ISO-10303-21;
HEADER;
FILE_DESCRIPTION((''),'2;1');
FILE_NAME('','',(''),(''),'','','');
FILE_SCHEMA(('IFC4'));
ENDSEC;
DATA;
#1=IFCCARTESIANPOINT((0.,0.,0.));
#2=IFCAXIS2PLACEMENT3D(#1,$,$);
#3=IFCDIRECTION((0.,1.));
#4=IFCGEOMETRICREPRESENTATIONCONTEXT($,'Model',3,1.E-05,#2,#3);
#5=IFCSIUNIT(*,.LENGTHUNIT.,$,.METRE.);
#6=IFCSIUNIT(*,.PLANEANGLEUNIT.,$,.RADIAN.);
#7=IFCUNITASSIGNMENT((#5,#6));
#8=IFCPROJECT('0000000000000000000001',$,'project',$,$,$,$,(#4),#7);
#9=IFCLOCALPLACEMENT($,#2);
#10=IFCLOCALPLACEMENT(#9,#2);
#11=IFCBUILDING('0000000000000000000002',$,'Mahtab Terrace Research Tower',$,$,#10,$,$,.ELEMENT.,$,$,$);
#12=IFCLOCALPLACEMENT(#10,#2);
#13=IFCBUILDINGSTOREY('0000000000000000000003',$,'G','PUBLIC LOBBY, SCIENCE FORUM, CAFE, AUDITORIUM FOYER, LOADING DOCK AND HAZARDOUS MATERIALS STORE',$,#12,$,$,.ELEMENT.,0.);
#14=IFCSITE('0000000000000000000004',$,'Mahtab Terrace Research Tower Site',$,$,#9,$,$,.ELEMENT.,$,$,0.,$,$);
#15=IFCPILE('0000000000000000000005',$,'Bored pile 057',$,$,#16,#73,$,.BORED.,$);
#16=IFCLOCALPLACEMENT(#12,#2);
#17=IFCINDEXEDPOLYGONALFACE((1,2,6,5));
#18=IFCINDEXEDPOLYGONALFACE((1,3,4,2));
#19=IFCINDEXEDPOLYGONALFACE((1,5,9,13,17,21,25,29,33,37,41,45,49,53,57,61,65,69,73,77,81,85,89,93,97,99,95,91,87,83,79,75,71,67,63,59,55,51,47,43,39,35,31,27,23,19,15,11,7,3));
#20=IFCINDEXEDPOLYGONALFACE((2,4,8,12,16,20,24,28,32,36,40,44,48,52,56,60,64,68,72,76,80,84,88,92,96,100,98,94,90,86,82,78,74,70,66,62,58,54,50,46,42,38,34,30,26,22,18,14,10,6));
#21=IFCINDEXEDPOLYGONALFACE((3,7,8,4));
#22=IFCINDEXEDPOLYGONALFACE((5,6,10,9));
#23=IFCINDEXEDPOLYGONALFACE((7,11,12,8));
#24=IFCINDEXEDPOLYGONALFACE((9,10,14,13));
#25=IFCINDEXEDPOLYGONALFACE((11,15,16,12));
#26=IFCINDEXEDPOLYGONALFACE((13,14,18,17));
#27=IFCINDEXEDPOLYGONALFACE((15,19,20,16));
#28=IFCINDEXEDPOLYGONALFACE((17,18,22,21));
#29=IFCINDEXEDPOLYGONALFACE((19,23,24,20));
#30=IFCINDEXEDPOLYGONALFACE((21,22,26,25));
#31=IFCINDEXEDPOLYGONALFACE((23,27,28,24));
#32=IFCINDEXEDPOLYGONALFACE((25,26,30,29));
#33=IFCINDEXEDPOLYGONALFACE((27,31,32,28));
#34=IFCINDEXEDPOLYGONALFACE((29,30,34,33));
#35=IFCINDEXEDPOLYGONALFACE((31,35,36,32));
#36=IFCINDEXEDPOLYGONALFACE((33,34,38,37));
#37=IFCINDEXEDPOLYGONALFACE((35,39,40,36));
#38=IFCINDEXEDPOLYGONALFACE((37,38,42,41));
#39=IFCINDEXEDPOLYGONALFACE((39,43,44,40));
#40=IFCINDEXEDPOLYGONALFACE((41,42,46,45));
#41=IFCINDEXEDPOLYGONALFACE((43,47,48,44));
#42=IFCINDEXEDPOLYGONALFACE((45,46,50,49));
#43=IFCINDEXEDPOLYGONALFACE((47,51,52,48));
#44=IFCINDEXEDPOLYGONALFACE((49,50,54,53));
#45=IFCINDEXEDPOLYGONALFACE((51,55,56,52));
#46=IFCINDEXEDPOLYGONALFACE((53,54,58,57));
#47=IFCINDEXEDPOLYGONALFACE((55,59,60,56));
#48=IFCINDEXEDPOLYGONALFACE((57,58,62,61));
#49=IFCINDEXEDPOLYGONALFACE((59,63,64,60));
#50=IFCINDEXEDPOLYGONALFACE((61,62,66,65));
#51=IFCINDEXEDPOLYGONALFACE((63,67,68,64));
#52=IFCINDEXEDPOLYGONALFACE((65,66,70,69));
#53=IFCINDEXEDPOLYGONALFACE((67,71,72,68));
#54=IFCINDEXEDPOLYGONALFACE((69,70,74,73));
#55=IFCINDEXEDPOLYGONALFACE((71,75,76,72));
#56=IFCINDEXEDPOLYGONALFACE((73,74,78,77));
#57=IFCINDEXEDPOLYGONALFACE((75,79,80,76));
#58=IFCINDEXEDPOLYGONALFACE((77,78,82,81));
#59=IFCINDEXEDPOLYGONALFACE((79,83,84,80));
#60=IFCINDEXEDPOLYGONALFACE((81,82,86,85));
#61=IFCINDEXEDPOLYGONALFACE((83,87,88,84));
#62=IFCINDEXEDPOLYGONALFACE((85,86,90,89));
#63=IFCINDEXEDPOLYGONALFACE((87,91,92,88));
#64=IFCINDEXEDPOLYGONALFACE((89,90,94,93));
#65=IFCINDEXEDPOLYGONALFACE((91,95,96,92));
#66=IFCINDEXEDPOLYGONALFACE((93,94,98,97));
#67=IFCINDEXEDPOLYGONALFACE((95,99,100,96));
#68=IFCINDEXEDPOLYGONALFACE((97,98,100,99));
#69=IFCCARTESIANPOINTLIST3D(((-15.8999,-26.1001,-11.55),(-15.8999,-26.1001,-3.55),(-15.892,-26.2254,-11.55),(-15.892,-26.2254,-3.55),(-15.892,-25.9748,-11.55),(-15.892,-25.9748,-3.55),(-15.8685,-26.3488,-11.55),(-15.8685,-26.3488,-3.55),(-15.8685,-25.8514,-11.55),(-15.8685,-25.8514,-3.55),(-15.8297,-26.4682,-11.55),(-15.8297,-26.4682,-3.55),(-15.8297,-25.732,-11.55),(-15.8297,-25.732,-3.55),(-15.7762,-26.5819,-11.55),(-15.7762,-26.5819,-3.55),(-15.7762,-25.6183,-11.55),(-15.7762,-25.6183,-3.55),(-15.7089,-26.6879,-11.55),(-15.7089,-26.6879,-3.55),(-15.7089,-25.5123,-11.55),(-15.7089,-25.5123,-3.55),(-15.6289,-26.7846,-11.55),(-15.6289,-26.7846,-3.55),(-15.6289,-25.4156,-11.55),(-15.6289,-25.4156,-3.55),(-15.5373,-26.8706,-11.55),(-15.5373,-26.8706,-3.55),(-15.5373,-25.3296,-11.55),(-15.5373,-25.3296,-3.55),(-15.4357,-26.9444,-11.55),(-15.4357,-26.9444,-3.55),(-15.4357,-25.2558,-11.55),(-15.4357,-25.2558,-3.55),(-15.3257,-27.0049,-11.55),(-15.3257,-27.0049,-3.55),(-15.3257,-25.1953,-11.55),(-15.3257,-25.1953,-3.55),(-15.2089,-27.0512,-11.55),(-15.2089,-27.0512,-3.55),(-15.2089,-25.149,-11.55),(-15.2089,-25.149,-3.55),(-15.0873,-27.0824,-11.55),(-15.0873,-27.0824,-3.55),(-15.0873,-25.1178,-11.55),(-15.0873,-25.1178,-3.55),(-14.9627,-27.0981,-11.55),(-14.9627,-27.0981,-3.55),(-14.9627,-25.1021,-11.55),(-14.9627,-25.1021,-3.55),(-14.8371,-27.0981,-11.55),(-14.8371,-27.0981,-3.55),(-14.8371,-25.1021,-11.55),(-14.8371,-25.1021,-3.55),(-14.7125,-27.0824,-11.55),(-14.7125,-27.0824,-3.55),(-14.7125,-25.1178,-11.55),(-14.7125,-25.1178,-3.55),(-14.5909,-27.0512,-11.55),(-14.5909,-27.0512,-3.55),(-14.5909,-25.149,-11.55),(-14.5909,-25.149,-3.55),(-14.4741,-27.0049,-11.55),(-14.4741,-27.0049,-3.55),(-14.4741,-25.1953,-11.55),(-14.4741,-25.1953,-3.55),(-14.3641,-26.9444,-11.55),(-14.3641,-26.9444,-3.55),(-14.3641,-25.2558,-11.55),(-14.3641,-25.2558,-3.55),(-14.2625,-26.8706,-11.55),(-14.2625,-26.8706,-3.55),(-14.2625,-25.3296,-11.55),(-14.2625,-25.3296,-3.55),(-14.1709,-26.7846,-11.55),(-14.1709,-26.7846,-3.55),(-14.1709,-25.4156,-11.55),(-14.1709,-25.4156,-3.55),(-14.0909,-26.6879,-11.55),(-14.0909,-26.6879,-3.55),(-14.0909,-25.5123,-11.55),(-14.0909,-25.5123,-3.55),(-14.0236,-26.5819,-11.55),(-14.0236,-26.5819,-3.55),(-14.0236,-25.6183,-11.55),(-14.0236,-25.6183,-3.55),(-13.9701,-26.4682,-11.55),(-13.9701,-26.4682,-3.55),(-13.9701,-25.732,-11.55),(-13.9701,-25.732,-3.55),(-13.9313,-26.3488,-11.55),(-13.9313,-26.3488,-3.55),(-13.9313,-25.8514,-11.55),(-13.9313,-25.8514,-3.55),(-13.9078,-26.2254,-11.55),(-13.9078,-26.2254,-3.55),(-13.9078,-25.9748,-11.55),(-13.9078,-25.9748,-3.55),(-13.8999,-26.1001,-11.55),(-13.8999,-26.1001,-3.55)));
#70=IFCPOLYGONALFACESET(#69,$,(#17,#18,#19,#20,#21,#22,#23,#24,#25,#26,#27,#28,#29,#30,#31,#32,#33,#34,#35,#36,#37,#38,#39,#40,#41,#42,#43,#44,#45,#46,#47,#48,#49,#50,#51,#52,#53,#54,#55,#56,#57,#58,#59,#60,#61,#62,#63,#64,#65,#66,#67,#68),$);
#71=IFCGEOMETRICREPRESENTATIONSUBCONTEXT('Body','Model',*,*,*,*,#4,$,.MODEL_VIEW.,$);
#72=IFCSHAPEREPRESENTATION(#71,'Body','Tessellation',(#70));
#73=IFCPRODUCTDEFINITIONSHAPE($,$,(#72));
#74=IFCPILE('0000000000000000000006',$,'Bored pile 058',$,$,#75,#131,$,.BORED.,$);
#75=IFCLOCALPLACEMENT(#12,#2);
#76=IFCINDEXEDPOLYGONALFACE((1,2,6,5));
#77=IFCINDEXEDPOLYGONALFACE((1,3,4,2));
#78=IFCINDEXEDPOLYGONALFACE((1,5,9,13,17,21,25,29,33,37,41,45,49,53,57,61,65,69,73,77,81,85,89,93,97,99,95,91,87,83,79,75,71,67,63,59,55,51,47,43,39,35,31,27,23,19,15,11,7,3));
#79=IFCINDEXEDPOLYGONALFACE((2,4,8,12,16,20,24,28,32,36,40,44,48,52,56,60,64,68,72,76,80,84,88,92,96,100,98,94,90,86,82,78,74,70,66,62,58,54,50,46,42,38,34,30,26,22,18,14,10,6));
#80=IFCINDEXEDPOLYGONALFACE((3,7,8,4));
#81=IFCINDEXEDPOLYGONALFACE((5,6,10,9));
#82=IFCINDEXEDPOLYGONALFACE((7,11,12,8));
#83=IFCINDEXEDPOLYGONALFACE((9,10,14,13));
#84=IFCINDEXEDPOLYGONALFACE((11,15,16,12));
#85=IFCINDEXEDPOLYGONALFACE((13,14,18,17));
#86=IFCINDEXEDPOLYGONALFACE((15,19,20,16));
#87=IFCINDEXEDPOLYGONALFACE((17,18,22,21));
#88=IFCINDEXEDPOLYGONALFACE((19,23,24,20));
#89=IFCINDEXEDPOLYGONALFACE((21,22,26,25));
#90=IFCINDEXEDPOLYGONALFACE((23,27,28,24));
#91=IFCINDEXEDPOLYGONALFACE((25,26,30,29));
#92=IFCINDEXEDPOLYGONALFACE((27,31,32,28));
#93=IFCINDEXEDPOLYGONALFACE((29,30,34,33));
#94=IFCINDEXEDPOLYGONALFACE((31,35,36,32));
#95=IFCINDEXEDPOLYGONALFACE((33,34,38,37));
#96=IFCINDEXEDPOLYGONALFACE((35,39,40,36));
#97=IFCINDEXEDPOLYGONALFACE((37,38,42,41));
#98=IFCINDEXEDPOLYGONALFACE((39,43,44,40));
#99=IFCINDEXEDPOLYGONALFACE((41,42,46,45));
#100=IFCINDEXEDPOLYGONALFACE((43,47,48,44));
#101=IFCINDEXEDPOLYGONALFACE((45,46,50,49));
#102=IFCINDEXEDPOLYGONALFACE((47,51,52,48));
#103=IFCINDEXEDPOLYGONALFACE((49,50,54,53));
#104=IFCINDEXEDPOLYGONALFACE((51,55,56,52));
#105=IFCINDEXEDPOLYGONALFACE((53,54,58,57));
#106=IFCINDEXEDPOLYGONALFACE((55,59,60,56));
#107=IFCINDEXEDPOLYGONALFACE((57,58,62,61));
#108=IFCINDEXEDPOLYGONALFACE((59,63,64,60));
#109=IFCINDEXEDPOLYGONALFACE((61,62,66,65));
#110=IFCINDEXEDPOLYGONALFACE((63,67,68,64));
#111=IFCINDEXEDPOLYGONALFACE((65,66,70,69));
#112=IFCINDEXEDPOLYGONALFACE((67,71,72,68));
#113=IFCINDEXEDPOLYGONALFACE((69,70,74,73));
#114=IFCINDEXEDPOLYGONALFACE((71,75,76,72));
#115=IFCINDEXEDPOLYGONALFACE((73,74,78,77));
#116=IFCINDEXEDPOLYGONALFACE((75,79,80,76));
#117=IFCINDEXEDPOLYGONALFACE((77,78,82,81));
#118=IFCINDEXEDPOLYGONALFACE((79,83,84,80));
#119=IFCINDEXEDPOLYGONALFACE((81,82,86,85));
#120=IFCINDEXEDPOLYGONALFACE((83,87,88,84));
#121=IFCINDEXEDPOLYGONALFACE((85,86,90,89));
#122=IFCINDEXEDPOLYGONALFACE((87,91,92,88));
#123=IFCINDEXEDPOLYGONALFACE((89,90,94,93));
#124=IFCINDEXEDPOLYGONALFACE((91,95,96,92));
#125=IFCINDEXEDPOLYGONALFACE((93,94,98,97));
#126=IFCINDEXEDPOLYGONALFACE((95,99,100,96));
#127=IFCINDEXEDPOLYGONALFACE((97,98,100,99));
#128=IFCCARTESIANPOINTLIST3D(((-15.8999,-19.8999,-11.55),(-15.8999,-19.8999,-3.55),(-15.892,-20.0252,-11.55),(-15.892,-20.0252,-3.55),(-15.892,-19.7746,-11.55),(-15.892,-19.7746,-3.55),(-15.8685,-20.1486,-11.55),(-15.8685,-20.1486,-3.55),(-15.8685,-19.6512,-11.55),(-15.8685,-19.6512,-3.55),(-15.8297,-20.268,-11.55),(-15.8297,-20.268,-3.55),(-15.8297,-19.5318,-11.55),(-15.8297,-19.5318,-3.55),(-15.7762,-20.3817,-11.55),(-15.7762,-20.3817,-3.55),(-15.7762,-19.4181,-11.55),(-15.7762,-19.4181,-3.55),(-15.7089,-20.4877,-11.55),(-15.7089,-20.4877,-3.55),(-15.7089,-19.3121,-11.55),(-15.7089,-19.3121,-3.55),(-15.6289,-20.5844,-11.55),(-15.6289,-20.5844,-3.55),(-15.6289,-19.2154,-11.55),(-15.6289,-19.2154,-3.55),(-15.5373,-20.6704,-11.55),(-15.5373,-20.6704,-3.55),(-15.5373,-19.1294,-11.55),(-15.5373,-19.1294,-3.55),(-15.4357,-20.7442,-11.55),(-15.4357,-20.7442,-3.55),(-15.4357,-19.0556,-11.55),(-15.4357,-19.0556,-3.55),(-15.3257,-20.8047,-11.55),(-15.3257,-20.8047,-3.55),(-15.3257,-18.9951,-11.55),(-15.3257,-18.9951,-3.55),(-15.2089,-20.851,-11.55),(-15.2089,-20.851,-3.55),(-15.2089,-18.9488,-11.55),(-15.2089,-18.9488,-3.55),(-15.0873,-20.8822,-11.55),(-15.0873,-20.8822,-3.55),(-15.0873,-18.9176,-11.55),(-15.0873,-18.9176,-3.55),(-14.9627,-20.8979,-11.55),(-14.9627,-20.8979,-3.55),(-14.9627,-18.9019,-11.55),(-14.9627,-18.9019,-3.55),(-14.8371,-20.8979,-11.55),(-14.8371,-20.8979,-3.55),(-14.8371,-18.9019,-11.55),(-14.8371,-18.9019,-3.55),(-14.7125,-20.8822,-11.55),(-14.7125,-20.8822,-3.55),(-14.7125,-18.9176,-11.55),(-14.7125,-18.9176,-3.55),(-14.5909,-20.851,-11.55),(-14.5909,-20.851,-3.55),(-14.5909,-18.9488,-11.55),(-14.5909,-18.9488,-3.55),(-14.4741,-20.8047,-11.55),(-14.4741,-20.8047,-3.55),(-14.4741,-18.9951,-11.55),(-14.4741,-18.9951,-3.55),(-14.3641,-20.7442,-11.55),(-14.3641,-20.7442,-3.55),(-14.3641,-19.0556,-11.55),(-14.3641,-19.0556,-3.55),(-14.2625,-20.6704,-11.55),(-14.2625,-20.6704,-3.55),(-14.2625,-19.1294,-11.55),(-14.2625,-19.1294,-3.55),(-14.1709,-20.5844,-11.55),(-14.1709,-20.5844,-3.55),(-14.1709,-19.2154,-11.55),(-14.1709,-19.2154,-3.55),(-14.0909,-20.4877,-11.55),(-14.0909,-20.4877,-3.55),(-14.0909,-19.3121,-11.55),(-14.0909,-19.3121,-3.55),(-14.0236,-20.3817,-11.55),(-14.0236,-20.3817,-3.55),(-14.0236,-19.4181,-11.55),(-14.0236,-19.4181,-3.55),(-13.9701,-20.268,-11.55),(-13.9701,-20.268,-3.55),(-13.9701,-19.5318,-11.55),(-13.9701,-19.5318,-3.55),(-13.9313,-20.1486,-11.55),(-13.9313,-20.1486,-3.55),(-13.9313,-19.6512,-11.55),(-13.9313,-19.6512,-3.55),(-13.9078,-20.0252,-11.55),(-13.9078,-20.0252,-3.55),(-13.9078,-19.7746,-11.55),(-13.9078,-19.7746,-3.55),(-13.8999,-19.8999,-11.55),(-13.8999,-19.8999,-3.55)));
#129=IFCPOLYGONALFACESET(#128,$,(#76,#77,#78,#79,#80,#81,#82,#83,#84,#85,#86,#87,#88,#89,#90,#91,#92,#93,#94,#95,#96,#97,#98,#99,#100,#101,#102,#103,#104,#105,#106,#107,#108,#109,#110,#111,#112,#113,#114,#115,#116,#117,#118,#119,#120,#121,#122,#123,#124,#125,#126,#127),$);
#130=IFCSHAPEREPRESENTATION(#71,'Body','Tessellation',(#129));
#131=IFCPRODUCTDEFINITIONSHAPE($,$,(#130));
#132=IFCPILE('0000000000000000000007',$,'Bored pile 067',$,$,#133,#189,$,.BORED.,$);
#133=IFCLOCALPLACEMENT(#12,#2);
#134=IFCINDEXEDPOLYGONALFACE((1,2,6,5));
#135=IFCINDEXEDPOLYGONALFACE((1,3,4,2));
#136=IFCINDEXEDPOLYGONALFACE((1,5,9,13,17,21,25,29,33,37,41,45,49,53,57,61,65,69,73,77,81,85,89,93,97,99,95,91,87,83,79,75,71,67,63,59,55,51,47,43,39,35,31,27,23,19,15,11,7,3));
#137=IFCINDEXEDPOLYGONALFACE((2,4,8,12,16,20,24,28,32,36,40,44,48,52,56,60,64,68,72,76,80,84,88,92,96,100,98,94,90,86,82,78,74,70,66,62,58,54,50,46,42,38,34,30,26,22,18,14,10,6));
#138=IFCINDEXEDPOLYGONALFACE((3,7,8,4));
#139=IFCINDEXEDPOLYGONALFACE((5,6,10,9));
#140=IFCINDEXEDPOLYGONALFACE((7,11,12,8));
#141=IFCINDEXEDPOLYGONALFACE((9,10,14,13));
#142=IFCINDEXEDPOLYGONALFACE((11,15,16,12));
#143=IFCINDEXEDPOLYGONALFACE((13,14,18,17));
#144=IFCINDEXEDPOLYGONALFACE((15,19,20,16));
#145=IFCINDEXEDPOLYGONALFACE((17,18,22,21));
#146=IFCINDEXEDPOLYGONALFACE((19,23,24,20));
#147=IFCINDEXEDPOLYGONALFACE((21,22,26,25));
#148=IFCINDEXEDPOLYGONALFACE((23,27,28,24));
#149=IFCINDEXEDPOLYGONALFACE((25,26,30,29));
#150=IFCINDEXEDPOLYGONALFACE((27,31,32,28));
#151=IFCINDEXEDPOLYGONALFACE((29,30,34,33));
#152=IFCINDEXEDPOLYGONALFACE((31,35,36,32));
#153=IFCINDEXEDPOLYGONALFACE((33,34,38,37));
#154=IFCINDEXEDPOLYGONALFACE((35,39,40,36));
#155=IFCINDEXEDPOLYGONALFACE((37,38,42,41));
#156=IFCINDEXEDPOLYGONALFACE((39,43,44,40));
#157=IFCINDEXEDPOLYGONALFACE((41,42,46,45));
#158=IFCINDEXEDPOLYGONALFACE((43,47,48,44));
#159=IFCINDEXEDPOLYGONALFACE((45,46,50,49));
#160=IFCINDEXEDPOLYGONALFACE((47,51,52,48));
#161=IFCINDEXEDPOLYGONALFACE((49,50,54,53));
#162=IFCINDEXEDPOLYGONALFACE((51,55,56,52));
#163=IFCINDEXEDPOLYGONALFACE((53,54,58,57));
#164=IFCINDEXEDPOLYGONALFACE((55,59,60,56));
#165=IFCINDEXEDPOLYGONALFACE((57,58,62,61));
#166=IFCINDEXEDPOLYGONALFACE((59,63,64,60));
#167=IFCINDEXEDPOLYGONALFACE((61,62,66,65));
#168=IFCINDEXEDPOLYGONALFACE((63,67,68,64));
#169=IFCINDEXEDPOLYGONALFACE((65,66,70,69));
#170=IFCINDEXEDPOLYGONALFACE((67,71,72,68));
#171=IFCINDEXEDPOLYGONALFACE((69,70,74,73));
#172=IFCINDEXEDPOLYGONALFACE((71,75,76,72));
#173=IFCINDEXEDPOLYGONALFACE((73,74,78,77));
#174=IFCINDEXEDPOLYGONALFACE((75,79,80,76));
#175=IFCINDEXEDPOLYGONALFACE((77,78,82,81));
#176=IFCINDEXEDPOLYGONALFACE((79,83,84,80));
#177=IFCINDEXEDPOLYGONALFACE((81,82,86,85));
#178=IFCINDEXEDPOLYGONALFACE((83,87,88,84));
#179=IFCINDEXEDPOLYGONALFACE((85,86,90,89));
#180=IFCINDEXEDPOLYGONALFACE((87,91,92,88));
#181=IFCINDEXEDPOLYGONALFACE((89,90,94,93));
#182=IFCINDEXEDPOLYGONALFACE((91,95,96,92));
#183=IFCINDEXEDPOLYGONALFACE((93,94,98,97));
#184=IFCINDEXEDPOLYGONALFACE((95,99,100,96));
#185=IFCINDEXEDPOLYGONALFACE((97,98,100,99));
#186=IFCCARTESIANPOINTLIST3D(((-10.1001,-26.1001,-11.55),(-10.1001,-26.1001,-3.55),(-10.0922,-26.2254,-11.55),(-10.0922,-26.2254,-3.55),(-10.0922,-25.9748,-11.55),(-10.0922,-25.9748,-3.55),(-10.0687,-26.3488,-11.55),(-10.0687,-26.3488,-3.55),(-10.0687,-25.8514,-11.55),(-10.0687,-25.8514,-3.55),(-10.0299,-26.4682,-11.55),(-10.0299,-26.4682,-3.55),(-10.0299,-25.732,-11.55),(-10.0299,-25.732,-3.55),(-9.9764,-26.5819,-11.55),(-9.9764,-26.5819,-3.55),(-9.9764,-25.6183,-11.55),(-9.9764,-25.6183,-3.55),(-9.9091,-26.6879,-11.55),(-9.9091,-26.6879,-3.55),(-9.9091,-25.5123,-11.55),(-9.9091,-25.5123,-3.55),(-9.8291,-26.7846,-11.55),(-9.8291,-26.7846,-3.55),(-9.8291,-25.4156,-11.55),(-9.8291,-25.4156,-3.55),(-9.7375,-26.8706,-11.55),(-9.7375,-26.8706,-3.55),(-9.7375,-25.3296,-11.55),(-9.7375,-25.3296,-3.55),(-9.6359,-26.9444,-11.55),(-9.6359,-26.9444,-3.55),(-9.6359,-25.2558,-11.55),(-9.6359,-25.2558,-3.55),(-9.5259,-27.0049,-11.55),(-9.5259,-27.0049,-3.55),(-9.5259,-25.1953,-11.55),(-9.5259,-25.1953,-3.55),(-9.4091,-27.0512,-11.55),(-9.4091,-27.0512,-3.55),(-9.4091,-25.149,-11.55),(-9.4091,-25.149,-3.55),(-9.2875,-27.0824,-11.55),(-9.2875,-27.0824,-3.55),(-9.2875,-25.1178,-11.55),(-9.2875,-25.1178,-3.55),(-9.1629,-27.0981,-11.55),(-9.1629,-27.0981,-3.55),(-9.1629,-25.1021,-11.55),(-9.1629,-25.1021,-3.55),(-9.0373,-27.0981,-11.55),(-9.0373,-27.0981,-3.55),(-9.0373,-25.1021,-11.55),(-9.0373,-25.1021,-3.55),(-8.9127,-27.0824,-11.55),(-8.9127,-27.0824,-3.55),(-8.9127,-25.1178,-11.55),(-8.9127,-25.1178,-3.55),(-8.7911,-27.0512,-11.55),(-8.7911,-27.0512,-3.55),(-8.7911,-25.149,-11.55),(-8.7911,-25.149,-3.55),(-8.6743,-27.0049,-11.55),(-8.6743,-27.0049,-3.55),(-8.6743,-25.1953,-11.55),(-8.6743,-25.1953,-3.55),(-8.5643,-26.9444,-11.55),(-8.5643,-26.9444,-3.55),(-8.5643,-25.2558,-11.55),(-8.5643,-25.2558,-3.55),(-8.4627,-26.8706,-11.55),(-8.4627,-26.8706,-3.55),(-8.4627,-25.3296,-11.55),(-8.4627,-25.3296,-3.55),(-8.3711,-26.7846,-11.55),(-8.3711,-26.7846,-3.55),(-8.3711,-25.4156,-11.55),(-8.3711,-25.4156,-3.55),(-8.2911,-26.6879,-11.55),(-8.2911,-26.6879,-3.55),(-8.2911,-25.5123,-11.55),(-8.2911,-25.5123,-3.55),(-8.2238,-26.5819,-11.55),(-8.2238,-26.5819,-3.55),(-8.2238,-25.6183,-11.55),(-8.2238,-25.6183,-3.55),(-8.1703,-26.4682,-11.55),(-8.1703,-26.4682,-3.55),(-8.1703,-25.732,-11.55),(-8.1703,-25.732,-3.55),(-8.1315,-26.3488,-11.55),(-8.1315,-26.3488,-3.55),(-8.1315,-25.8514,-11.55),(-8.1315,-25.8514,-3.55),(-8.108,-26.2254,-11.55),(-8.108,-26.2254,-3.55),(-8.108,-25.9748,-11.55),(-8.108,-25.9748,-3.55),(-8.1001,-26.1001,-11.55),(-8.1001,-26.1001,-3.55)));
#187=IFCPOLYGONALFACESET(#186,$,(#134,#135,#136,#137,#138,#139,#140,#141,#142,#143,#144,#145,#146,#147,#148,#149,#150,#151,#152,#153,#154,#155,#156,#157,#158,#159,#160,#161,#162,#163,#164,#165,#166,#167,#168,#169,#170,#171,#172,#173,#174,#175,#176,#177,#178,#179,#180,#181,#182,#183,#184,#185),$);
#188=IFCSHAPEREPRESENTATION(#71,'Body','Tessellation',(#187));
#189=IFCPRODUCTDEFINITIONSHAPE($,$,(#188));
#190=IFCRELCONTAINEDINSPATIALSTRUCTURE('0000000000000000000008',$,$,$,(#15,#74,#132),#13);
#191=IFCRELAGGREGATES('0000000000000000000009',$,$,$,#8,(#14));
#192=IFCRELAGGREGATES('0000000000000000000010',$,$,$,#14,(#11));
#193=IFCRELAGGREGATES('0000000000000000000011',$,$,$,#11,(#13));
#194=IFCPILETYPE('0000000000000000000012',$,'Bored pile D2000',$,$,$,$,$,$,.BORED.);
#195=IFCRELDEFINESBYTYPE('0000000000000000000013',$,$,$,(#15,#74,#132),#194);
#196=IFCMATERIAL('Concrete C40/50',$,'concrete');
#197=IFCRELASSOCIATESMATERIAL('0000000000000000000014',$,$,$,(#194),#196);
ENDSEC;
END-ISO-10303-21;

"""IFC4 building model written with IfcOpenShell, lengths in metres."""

from ifc_helpers import new_model, si_unit, direction, frame, origin, origin_2d, place, context, subcontext, project, spatial, circle, extrude, material, material_profile, profile_set, type_object, element, save


model = new_model("IFC4")

# Units and contexts
model_context = context("Model", 3, precision=1e-05, world=origin(), true_north=direction((0.0, 1.0)))
body_context = subcontext(model_context, "Body", "Model", "MODEL_VIEW")
ifc_project = project(units=[si_unit("LENGTHUNIT", "METRE"), si_unit("PLANEANGLEUNIT", "RADIAN")], contexts=[model_context])

# Site, building, storey
site_placement = place(None, origin())
site = spatial("IfcSite", under=ifc_project, at=site_placement, Name="Mahtab Terrace Research Tower Site", CompositionType="ELEMENT", RefElevation=0.0)
building_placement = place(site_placement, origin())
building = spatial("IfcBuilding", under=site, at=building_placement, Name="Mahtab Terrace Research Tower", CompositionType="ELEMENT")
storey_placement = place(building_placement, origin())
storey = spatial("IfcBuildingStorey", under=building, at=storey_placement, Name="G", Description="PUBLIC LOBBY, SCIENCE FORUM, CAFE, AUDITORIUM FOYER, LOADING DOCK AND HAZARDOUS MATERIALS STORE", CompositionType="ELEMENT", Elevation=0.0)

# Piles
ifc_material_1 = material(Name="Concrete C40/50", Category="concrete")
ifc_material_profile_1 = material_profile(ifc_material_1, circle(Radius=1.0, at=origin_2d()), Name="Bored pile D2000")
ifc_profile_set_1 = profile_set([ifc_material_profile_1], Name="Concrete C40/50")
pile_type_1 = type_object("IfcPileType", Name="Bored pile D2000", PredefinedType="BORED", material=ifc_profile_set_1)
for number, where, z_axis, x_axis, name in (
    (1, (-14.8999, -26.1001, -3.55), (0.0, 0.0, -1.0), (1.0, 0.0, 0.0), "Bored pile 057"),
    (2, (-14.8999, -19.8999, -3.55), (0.0, 0.0, -1.0), (1.0, 0.0, 0.0), "Bored pile 058"),
    (3, (-9.1001, -26.1001, -3.55), (0.0, 0.0, -1.0), (1.0, 0.0, 0.0), "Bored pile 067"),
):
    element("IfcPile", number, at=place(storey_placement, frame(where, z_axis=z_axis, x_axis=x_axis)), inside=storey, type_object=pile_type_1, Name=name, PredefinedType="BORED", context=body_context, shape_type="SweptSolid", body=[
        extrude(circle(Radius=1.0, at=origin_2d()), origin(), (0.0, 0.0, 1.0), 8.0),
    ])

save(model, "model.ifc")
